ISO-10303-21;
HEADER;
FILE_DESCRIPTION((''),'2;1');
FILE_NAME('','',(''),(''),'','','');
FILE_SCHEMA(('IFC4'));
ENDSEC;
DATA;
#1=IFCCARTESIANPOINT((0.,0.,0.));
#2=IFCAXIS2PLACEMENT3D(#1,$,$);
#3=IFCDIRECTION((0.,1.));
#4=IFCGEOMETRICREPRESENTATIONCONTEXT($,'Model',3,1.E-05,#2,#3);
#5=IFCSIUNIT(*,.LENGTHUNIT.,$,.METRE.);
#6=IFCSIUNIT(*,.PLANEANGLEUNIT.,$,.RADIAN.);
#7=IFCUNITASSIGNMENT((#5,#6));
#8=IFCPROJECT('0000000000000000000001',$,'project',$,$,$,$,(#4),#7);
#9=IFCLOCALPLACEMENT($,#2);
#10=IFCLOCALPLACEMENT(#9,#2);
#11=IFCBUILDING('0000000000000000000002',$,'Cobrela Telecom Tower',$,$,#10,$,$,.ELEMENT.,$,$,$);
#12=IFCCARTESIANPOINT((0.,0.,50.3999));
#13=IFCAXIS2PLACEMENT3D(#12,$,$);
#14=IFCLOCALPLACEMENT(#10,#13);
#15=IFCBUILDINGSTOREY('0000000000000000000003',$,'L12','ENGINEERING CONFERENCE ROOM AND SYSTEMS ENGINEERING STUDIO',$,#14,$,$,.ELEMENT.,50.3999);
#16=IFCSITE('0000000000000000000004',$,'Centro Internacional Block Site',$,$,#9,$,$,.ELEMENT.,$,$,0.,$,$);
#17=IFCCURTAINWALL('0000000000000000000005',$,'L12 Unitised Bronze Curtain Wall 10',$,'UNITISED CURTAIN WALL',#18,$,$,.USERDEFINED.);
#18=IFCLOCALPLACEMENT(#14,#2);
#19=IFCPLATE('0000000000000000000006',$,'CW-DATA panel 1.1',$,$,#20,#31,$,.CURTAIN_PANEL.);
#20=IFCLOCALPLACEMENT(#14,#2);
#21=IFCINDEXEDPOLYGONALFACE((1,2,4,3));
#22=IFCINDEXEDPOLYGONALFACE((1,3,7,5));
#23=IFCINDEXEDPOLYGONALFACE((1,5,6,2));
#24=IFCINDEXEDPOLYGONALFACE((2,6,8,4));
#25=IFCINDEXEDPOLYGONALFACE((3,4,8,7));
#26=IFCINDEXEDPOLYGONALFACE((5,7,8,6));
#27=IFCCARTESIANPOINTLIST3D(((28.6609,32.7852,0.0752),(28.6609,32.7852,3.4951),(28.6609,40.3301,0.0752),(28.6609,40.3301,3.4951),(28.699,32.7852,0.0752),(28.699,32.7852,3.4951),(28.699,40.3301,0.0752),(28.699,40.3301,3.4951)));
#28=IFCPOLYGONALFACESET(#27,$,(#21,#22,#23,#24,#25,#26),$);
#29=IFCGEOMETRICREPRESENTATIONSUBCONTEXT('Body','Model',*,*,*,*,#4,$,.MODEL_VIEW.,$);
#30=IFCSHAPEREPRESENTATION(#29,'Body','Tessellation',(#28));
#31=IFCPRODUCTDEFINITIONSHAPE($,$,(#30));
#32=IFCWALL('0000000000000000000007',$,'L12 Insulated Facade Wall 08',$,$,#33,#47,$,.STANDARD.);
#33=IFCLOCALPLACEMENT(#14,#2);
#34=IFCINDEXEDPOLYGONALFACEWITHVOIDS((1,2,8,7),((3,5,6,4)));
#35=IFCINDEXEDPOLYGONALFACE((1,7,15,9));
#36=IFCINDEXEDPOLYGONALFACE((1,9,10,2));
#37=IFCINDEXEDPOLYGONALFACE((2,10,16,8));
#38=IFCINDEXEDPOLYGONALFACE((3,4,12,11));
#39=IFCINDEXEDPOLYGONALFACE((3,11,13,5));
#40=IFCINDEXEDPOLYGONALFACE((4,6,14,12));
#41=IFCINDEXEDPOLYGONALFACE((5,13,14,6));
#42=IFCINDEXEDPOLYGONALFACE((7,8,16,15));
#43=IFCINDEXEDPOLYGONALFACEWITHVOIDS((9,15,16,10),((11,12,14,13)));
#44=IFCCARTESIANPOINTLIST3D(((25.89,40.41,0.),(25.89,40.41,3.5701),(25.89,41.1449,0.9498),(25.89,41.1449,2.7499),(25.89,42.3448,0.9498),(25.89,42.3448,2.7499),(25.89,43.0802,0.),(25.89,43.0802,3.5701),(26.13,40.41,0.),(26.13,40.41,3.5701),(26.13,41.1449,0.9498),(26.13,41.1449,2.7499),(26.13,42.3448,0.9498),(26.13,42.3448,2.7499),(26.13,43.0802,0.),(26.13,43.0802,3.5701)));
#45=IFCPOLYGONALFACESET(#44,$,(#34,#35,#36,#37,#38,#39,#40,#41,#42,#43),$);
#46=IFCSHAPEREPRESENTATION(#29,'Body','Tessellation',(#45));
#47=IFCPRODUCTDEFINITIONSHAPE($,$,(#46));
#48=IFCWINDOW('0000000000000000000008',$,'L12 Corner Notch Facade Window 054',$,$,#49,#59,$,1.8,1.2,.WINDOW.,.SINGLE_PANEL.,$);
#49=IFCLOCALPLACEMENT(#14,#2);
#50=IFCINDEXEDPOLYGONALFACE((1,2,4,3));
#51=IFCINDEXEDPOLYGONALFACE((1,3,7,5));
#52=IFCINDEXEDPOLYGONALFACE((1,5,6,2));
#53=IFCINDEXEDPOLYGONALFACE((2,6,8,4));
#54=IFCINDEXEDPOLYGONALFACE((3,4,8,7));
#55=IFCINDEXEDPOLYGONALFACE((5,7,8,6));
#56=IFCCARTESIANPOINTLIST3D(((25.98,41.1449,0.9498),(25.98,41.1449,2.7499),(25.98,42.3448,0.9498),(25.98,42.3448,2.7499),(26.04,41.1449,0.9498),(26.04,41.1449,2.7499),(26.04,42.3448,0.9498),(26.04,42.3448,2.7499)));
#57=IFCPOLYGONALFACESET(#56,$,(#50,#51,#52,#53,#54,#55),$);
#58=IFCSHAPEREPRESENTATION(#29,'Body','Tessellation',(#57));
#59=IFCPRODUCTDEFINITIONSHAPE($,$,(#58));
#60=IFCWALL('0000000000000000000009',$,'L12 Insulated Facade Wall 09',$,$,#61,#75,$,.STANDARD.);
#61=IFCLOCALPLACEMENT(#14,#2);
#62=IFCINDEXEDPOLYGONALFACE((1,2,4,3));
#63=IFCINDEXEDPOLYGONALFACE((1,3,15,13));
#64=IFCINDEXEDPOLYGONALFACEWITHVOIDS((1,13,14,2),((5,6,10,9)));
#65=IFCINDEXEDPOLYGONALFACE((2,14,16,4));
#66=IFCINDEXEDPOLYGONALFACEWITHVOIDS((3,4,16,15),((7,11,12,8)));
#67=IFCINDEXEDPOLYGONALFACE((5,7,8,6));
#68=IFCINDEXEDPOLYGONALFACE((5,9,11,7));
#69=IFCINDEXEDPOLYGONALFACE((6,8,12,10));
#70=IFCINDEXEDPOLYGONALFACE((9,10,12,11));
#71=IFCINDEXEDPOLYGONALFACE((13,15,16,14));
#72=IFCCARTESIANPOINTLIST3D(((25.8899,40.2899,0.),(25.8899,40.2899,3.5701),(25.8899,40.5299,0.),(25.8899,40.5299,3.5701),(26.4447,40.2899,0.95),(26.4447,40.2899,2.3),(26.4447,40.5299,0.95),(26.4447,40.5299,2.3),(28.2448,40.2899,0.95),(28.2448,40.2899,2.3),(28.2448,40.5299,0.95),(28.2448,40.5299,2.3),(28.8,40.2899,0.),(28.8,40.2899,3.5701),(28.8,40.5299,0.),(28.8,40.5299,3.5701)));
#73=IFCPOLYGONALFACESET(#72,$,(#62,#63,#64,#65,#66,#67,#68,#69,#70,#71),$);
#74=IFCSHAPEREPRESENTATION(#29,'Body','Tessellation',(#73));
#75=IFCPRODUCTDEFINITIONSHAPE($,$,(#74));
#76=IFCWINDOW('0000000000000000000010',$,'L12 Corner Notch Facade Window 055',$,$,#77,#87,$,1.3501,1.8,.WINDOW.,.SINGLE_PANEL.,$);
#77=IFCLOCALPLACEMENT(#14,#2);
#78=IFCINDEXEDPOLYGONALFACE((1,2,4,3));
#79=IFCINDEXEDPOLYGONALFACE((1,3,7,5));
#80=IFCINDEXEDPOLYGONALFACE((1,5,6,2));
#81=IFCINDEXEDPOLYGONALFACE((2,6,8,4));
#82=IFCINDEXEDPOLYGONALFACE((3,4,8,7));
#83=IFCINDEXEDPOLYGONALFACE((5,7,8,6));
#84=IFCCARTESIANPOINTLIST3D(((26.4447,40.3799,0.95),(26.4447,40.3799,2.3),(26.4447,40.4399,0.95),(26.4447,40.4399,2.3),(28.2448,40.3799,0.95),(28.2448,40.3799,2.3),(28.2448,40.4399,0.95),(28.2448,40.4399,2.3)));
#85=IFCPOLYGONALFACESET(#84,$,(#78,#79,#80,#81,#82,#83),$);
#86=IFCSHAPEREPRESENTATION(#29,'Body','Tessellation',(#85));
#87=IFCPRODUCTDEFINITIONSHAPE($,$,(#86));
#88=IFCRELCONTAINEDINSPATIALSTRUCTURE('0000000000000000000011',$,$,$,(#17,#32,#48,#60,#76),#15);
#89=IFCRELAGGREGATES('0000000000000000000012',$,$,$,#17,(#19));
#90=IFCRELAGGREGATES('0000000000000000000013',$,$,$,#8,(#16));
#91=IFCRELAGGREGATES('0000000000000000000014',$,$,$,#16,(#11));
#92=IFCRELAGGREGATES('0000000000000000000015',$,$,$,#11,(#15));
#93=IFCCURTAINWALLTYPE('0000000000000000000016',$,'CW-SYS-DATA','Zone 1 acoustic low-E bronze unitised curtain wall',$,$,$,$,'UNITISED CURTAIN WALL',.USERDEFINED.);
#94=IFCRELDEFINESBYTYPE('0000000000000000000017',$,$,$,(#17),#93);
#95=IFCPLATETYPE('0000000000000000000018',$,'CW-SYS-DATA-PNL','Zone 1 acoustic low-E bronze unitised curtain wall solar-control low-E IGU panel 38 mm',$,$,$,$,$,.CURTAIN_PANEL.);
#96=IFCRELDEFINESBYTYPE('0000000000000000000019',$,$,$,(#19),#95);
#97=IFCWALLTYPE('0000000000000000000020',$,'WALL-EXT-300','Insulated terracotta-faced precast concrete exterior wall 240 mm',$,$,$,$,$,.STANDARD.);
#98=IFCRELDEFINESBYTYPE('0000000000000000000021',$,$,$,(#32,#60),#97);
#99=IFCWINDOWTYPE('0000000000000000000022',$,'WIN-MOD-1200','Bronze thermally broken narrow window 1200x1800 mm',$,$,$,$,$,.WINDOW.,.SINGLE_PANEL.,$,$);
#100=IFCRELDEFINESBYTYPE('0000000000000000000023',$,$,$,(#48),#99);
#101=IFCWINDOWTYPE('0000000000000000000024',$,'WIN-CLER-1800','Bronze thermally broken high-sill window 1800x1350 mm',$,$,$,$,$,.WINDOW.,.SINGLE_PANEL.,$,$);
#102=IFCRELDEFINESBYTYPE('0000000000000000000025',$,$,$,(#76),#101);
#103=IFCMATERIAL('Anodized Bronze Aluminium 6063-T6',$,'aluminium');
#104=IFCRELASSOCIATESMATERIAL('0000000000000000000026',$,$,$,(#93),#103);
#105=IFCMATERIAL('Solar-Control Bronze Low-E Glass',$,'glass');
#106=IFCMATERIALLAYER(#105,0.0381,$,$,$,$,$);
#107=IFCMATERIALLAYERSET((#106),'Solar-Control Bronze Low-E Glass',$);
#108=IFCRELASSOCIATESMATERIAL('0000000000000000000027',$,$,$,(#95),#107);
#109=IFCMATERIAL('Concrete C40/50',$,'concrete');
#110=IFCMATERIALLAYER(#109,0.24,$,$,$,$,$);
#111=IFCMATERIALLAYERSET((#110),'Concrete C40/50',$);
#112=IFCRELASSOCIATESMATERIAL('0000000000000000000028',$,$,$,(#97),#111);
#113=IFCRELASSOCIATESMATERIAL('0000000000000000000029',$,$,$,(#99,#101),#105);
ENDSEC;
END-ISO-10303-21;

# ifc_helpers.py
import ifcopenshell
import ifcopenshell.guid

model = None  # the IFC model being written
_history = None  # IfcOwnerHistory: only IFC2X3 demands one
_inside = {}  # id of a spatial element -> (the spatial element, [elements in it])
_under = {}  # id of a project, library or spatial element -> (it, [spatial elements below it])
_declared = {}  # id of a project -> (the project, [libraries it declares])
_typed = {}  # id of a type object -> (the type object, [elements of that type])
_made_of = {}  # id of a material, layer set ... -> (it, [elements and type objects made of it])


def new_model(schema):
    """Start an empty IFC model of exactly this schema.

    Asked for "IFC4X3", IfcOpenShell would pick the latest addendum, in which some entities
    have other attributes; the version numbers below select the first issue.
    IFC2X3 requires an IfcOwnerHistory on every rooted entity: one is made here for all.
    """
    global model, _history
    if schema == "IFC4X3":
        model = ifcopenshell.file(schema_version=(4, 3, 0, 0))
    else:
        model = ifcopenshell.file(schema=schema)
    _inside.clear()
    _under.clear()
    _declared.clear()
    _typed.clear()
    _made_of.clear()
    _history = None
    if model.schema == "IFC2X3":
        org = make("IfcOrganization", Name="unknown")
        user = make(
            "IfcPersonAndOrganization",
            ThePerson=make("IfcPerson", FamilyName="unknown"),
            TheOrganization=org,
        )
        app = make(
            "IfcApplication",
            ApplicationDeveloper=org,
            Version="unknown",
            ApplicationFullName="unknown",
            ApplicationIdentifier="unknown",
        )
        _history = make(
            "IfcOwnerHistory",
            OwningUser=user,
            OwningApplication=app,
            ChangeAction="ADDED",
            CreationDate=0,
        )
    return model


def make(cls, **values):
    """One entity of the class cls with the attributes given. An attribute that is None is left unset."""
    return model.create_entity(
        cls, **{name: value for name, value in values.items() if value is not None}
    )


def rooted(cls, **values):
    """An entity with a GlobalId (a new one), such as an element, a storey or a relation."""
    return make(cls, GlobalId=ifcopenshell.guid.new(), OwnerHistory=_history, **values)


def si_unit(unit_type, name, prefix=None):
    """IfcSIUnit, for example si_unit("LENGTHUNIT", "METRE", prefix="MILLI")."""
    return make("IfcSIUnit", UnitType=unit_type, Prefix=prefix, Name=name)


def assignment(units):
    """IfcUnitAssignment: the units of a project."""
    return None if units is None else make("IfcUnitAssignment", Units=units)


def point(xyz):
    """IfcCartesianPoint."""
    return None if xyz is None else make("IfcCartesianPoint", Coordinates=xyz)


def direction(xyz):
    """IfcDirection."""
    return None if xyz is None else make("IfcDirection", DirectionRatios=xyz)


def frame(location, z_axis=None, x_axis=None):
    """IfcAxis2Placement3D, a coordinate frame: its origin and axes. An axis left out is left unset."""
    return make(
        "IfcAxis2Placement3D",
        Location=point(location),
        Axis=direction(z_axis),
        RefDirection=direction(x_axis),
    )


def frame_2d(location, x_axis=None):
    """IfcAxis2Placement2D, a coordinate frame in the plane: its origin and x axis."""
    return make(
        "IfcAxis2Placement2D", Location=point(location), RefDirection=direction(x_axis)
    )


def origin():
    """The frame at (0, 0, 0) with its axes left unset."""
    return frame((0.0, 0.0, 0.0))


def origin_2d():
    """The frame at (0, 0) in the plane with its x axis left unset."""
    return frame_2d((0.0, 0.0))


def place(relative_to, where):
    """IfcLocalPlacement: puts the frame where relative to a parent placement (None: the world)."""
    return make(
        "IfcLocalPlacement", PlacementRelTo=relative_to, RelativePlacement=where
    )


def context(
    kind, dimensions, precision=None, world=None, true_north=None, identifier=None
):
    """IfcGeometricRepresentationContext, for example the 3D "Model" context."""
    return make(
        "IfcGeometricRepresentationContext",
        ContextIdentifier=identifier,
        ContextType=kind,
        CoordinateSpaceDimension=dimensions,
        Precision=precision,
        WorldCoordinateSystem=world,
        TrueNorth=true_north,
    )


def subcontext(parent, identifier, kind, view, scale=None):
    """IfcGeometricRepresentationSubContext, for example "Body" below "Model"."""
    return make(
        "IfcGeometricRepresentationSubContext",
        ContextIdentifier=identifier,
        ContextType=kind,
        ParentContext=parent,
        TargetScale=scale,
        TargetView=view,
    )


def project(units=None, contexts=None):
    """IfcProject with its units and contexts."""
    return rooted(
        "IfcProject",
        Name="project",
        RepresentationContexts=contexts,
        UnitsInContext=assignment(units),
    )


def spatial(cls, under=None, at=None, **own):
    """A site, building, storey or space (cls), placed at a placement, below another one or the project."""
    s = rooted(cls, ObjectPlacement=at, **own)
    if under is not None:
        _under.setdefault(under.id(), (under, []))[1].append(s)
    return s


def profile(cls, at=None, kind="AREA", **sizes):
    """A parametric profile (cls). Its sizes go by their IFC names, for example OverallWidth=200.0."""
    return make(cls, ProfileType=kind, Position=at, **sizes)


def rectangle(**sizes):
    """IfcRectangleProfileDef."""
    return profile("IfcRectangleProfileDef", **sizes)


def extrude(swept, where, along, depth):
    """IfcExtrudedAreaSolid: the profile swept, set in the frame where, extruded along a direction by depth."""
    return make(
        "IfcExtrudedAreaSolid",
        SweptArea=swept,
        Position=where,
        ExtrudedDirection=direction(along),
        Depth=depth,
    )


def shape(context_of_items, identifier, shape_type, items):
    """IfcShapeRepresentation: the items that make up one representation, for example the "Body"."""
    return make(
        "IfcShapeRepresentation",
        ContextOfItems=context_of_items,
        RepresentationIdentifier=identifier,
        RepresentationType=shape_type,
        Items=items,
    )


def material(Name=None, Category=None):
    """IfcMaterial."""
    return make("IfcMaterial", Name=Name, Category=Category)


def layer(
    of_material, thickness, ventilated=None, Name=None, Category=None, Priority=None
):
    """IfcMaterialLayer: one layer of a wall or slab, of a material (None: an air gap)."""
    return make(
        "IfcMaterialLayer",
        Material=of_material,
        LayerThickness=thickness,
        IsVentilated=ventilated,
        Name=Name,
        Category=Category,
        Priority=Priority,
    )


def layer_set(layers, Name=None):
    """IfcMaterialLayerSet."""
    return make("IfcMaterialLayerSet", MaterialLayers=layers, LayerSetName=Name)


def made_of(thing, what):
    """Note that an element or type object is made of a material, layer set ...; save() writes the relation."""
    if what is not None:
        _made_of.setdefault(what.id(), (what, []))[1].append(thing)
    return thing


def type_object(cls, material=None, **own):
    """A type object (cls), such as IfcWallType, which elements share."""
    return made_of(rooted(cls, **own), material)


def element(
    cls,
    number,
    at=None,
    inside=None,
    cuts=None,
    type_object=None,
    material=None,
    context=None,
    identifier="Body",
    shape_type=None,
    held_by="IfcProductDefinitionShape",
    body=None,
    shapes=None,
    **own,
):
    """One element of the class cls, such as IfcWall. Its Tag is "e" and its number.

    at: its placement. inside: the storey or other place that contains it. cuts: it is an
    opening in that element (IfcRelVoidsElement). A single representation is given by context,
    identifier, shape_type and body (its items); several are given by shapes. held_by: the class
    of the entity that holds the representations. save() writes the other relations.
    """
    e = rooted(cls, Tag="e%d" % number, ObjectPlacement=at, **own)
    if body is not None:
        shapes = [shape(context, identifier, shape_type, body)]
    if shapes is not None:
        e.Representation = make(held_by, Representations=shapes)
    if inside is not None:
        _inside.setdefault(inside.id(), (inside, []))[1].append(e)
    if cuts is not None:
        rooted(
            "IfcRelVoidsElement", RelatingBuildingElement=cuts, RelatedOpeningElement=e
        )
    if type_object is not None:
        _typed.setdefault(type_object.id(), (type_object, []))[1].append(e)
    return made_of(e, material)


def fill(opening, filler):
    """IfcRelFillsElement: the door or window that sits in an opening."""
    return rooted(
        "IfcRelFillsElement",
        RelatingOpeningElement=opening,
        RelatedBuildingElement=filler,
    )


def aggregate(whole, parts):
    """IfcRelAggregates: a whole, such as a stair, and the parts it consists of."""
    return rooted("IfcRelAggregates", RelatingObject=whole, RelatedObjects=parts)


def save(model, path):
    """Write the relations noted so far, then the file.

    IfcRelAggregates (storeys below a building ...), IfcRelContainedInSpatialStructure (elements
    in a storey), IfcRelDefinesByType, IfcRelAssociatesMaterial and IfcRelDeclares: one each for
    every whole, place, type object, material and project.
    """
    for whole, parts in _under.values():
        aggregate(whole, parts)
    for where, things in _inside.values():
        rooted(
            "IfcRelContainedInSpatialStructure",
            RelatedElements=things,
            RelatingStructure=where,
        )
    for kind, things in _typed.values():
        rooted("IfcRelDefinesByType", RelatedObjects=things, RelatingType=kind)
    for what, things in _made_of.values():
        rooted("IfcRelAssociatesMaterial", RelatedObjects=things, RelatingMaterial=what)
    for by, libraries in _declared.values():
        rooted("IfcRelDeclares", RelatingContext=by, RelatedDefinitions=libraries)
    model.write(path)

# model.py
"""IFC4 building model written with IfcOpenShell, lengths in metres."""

from ifc_helpers import new_model, si_unit, direction, frame, frame_2d, origin, origin_2d, place, context, subcontext, project, spatial, rectangle, extrude, material, layer, layer_set, type_object, element, fill, aggregate, save


model = new_model("IFC4")

# Units and contexts
model_context = context("Model", 3, precision=1e-05, world=origin(), true_north=direction((0.0, 1.0)))
body_context = subcontext(model_context, "Body", "Model", "MODEL_VIEW")
ifc_project = project(units=[si_unit("LENGTHUNIT", "METRE"), si_unit("PLANEANGLEUNIT", "RADIAN")], contexts=[model_context])

# Site, building, storey
site_placement = place(None, origin())
site = spatial("IfcSite", under=ifc_project, at=site_placement, Name="Centro Internacional Block Site", CompositionType="ELEMENT", RefElevation=0.0)
building_placement = place(site_placement, origin())
building = spatial("IfcBuilding", under=site, at=building_placement, Name="Cobrela Telecom Tower", CompositionType="ELEMENT")
storey_placement = place(building_placement, frame((0.0, 0.0, 50.3999)))
storey = spatial("IfcBuildingStorey", under=building, at=storey_placement, Name="L12", Description="ENGINEERING CONFERENCE ROOM AND SYSTEMS ENGINEERING STUDIO", CompositionType="ELEMENT", Elevation=50.3999)

# Shared definitions
ifc_material_1 = material(Name="Anodized Bronze Aluminium 6063-T6", Category="aluminium")
curtain_wall_type = type_object("IfcCurtainWallType", Name="CW-SYS-DATA", Description="Zone 1 acoustic low-E bronze unitised curtain wall", ElementType="UNITISED CURTAIN WALL", PredefinedType="USERDEFINED", material=ifc_material_1)

# Curtain wall
curtain_wall_1_placement = place(storey_placement, origin())
curtain_wall_1 = element("IfcCurtainWall", 1, at=curtain_wall_1_placement, inside=storey, type_object=curtain_wall_type, Name="L12 Unitised Bronze Curtain Wall 10", ObjectType="UNITISED CURTAIN WALL", PredefinedType="USERDEFINED")

# Plate
ifc_material_2 = material(Name="Solar-Control Bronze Low-E Glass", Category="glass")
ifc_layer_1 = layer(ifc_material_2, 0.0381)
ifc_layer_set_1 = layer_set([ifc_layer_1], Name="Solar-Control Bronze Low-E Glass")
plate_type = type_object("IfcPlateType", Name="CW-SYS-DATA-PNL", Description="Zone 1 acoustic low-E bronze unitised curtain wall solar-control low-E IGU panel 38 mm", PredefinedType="CURTAIN_PANEL", material=ifc_layer_set_1)
plate_1_placement = place(storey_placement, frame((28.6799, 36.5576, 0.0752), z_axis=(0.0, 0.0, 1.0), x_axis=(0.0, -1.0, 0.0)))
plate_1 = element("IfcPlate", 2, at=plate_1_placement, type_object=plate_type, Name="CW-DATA panel 1.1", PredefinedType="CURTAIN_PANEL", context=body_context, shape_type="SweptSolid", body=[
    extrude(rectangle(XDim=7.5449, YDim=0.0381, at=origin_2d()), origin(), (0.0, 0.0, 1.0), 3.4199),
])
aggregate(curtain_wall_1, [plate_1])

# Walls, openings, windows
ifc_material_3 = material(Name="Concrete C40/50", Category="concrete")
ifc_layer_2 = layer(ifc_material_3, 0.24)
ifc_layer_set_2 = layer_set([ifc_layer_2], Name="Concrete C40/50")
wall_type = type_object("IfcWallType", Name="WALL-EXT-300", Description="Insulated terracotta-faced precast concrete exterior wall 240 mm", PredefinedType="STANDARD", material=ifc_layer_set_2)
wall_1_placement = place(storey_placement, frame((26.01, 43.0801, 0.0), z_axis=(0.0, 0.0, 1.0), x_axis=(0.0, -1.0, 0.0)))
wall_1 = element("IfcWall", 3, at=wall_1_placement, inside=storey, type_object=wall_type, Name="L12 Insulated Facade Wall 08", PredefinedType="STANDARD", context=body_context, shape_type="SweptSolid", body=[
    extrude(rectangle(XDim=2.6702, YDim=0.24, at=frame_2d((1.335, 0.0))), origin(), (0.0, 0.0, 1.0), 3.5701),
])
opening_1_placement = place(wall_1_placement, frame((0.7351, 0.0, 0.95)))
opening_1 = element("IfcOpeningElement", 4, at=opening_1_placement, cuts=wall_1, PredefinedType="OPENING", context=body_context, shape_type="SweptSolid", body=[
    extrude(rectangle(XDim=1.2, YDim=1.8, at=frame_2d((0.6001, 0.8999))), frame((0.0, 0.1318, 0.0), z_axis=(0.0, -1.0, 0.0), x_axis=(1.0, 0.0, 0.0)), (0.0, 0.0, 1.0), 0.2639),
])
window_type_1 = type_object("IfcWindowType", Name="WIN-MOD-1200", Description="Bronze thermally broken narrow window 1200x1800 mm", PartitioningType="SINGLE_PANEL", PredefinedType="WINDOW", material=ifc_material_2)
window_1_placement = place(opening_1_placement, origin())
window_1 = element("IfcWindow", 5, at=window_1_placement, inside=storey, type_object=window_type_1, Name="L12 Corner Notch Facade Window 054", OverallHeight=1.8, OverallWidth=1.2, PartitioningType="SINGLE_PANEL", PredefinedType="WINDOW", context=body_context, shape_type="SweptSolid", body=[
    extrude(rectangle(XDim=1.2, YDim=1.8, at=frame_2d((0.6001, 0.8999))), frame((0.0, 0.03, 0.0), z_axis=(0.0, -1.0, 0.0), x_axis=(1.0, 0.0, 0.0)), (0.0, 0.0, 1.0), 0.0601),
])
fill(opening_1, window_1)
wall_2_placement = place(storey_placement, frame((25.8899, 40.4099, 0.0), z_axis=(0.0, 0.0, 1.0), x_axis=(1.0, 0.0, 0.0)))
wall_2 = element("IfcWall", 6, at=wall_2_placement, inside=storey, type_object=wall_type, Name="L12 Insulated Facade Wall 09", PredefinedType="STANDARD", context=body_context, shape_type="SweptSolid", body=[
    extrude(rectangle(XDim=2.9102, YDim=0.24, at=frame_2d((1.4551, 0.0))), origin(), (0.0, 0.0, 1.0), 3.5701),
])
opening_2_placement = place(wall_2_placement, frame((0.5549, 0.0, 0.95)))
opening_2 = element("IfcOpeningElement", 7, at=opening_2_placement, cuts=wall_2, PredefinedType="OPENING", context=body_context, shape_type="SweptSolid", body=[
    extrude(rectangle(XDim=1.8, YDim=1.3501, at=frame_2d((0.8999, 0.675))), frame((0.0, 0.1318, 0.0), z_axis=(0.0, -1.0, 0.0), x_axis=(1.0, 0.0, 0.0)), (0.0, 0.0, 1.0), 0.2639),
])
window_type_2 = type_object("IfcWindowType", Name="WIN-CLER-1800", Description="Bronze thermally broken high-sill window 1800x1350 mm", PartitioningType="SINGLE_PANEL", PredefinedType="WINDOW", material=ifc_material_2)
window_2_placement = place(opening_2_placement, origin())
window_2 = element("IfcWindow", 8, at=window_2_placement, inside=storey, type_object=window_type_2, Name="L12 Corner Notch Facade Window 055", OverallHeight=1.3501, OverallWidth=1.8, PartitioningType="SINGLE_PANEL", PredefinedType="WINDOW", context=body_context, shape_type="SweptSolid", body=[
    extrude(rectangle(XDim=1.8, YDim=1.3501, at=frame_2d((0.8999, 0.675))), frame((0.0, 0.03, 0.0), z_axis=(0.0, -1.0, 0.0), x_axis=(1.0, 0.0, 0.0)), (0.0, 0.0, 1.0), 0.0601),
])
fill(opening_2, window_2)

save(model, "model.ifc")
